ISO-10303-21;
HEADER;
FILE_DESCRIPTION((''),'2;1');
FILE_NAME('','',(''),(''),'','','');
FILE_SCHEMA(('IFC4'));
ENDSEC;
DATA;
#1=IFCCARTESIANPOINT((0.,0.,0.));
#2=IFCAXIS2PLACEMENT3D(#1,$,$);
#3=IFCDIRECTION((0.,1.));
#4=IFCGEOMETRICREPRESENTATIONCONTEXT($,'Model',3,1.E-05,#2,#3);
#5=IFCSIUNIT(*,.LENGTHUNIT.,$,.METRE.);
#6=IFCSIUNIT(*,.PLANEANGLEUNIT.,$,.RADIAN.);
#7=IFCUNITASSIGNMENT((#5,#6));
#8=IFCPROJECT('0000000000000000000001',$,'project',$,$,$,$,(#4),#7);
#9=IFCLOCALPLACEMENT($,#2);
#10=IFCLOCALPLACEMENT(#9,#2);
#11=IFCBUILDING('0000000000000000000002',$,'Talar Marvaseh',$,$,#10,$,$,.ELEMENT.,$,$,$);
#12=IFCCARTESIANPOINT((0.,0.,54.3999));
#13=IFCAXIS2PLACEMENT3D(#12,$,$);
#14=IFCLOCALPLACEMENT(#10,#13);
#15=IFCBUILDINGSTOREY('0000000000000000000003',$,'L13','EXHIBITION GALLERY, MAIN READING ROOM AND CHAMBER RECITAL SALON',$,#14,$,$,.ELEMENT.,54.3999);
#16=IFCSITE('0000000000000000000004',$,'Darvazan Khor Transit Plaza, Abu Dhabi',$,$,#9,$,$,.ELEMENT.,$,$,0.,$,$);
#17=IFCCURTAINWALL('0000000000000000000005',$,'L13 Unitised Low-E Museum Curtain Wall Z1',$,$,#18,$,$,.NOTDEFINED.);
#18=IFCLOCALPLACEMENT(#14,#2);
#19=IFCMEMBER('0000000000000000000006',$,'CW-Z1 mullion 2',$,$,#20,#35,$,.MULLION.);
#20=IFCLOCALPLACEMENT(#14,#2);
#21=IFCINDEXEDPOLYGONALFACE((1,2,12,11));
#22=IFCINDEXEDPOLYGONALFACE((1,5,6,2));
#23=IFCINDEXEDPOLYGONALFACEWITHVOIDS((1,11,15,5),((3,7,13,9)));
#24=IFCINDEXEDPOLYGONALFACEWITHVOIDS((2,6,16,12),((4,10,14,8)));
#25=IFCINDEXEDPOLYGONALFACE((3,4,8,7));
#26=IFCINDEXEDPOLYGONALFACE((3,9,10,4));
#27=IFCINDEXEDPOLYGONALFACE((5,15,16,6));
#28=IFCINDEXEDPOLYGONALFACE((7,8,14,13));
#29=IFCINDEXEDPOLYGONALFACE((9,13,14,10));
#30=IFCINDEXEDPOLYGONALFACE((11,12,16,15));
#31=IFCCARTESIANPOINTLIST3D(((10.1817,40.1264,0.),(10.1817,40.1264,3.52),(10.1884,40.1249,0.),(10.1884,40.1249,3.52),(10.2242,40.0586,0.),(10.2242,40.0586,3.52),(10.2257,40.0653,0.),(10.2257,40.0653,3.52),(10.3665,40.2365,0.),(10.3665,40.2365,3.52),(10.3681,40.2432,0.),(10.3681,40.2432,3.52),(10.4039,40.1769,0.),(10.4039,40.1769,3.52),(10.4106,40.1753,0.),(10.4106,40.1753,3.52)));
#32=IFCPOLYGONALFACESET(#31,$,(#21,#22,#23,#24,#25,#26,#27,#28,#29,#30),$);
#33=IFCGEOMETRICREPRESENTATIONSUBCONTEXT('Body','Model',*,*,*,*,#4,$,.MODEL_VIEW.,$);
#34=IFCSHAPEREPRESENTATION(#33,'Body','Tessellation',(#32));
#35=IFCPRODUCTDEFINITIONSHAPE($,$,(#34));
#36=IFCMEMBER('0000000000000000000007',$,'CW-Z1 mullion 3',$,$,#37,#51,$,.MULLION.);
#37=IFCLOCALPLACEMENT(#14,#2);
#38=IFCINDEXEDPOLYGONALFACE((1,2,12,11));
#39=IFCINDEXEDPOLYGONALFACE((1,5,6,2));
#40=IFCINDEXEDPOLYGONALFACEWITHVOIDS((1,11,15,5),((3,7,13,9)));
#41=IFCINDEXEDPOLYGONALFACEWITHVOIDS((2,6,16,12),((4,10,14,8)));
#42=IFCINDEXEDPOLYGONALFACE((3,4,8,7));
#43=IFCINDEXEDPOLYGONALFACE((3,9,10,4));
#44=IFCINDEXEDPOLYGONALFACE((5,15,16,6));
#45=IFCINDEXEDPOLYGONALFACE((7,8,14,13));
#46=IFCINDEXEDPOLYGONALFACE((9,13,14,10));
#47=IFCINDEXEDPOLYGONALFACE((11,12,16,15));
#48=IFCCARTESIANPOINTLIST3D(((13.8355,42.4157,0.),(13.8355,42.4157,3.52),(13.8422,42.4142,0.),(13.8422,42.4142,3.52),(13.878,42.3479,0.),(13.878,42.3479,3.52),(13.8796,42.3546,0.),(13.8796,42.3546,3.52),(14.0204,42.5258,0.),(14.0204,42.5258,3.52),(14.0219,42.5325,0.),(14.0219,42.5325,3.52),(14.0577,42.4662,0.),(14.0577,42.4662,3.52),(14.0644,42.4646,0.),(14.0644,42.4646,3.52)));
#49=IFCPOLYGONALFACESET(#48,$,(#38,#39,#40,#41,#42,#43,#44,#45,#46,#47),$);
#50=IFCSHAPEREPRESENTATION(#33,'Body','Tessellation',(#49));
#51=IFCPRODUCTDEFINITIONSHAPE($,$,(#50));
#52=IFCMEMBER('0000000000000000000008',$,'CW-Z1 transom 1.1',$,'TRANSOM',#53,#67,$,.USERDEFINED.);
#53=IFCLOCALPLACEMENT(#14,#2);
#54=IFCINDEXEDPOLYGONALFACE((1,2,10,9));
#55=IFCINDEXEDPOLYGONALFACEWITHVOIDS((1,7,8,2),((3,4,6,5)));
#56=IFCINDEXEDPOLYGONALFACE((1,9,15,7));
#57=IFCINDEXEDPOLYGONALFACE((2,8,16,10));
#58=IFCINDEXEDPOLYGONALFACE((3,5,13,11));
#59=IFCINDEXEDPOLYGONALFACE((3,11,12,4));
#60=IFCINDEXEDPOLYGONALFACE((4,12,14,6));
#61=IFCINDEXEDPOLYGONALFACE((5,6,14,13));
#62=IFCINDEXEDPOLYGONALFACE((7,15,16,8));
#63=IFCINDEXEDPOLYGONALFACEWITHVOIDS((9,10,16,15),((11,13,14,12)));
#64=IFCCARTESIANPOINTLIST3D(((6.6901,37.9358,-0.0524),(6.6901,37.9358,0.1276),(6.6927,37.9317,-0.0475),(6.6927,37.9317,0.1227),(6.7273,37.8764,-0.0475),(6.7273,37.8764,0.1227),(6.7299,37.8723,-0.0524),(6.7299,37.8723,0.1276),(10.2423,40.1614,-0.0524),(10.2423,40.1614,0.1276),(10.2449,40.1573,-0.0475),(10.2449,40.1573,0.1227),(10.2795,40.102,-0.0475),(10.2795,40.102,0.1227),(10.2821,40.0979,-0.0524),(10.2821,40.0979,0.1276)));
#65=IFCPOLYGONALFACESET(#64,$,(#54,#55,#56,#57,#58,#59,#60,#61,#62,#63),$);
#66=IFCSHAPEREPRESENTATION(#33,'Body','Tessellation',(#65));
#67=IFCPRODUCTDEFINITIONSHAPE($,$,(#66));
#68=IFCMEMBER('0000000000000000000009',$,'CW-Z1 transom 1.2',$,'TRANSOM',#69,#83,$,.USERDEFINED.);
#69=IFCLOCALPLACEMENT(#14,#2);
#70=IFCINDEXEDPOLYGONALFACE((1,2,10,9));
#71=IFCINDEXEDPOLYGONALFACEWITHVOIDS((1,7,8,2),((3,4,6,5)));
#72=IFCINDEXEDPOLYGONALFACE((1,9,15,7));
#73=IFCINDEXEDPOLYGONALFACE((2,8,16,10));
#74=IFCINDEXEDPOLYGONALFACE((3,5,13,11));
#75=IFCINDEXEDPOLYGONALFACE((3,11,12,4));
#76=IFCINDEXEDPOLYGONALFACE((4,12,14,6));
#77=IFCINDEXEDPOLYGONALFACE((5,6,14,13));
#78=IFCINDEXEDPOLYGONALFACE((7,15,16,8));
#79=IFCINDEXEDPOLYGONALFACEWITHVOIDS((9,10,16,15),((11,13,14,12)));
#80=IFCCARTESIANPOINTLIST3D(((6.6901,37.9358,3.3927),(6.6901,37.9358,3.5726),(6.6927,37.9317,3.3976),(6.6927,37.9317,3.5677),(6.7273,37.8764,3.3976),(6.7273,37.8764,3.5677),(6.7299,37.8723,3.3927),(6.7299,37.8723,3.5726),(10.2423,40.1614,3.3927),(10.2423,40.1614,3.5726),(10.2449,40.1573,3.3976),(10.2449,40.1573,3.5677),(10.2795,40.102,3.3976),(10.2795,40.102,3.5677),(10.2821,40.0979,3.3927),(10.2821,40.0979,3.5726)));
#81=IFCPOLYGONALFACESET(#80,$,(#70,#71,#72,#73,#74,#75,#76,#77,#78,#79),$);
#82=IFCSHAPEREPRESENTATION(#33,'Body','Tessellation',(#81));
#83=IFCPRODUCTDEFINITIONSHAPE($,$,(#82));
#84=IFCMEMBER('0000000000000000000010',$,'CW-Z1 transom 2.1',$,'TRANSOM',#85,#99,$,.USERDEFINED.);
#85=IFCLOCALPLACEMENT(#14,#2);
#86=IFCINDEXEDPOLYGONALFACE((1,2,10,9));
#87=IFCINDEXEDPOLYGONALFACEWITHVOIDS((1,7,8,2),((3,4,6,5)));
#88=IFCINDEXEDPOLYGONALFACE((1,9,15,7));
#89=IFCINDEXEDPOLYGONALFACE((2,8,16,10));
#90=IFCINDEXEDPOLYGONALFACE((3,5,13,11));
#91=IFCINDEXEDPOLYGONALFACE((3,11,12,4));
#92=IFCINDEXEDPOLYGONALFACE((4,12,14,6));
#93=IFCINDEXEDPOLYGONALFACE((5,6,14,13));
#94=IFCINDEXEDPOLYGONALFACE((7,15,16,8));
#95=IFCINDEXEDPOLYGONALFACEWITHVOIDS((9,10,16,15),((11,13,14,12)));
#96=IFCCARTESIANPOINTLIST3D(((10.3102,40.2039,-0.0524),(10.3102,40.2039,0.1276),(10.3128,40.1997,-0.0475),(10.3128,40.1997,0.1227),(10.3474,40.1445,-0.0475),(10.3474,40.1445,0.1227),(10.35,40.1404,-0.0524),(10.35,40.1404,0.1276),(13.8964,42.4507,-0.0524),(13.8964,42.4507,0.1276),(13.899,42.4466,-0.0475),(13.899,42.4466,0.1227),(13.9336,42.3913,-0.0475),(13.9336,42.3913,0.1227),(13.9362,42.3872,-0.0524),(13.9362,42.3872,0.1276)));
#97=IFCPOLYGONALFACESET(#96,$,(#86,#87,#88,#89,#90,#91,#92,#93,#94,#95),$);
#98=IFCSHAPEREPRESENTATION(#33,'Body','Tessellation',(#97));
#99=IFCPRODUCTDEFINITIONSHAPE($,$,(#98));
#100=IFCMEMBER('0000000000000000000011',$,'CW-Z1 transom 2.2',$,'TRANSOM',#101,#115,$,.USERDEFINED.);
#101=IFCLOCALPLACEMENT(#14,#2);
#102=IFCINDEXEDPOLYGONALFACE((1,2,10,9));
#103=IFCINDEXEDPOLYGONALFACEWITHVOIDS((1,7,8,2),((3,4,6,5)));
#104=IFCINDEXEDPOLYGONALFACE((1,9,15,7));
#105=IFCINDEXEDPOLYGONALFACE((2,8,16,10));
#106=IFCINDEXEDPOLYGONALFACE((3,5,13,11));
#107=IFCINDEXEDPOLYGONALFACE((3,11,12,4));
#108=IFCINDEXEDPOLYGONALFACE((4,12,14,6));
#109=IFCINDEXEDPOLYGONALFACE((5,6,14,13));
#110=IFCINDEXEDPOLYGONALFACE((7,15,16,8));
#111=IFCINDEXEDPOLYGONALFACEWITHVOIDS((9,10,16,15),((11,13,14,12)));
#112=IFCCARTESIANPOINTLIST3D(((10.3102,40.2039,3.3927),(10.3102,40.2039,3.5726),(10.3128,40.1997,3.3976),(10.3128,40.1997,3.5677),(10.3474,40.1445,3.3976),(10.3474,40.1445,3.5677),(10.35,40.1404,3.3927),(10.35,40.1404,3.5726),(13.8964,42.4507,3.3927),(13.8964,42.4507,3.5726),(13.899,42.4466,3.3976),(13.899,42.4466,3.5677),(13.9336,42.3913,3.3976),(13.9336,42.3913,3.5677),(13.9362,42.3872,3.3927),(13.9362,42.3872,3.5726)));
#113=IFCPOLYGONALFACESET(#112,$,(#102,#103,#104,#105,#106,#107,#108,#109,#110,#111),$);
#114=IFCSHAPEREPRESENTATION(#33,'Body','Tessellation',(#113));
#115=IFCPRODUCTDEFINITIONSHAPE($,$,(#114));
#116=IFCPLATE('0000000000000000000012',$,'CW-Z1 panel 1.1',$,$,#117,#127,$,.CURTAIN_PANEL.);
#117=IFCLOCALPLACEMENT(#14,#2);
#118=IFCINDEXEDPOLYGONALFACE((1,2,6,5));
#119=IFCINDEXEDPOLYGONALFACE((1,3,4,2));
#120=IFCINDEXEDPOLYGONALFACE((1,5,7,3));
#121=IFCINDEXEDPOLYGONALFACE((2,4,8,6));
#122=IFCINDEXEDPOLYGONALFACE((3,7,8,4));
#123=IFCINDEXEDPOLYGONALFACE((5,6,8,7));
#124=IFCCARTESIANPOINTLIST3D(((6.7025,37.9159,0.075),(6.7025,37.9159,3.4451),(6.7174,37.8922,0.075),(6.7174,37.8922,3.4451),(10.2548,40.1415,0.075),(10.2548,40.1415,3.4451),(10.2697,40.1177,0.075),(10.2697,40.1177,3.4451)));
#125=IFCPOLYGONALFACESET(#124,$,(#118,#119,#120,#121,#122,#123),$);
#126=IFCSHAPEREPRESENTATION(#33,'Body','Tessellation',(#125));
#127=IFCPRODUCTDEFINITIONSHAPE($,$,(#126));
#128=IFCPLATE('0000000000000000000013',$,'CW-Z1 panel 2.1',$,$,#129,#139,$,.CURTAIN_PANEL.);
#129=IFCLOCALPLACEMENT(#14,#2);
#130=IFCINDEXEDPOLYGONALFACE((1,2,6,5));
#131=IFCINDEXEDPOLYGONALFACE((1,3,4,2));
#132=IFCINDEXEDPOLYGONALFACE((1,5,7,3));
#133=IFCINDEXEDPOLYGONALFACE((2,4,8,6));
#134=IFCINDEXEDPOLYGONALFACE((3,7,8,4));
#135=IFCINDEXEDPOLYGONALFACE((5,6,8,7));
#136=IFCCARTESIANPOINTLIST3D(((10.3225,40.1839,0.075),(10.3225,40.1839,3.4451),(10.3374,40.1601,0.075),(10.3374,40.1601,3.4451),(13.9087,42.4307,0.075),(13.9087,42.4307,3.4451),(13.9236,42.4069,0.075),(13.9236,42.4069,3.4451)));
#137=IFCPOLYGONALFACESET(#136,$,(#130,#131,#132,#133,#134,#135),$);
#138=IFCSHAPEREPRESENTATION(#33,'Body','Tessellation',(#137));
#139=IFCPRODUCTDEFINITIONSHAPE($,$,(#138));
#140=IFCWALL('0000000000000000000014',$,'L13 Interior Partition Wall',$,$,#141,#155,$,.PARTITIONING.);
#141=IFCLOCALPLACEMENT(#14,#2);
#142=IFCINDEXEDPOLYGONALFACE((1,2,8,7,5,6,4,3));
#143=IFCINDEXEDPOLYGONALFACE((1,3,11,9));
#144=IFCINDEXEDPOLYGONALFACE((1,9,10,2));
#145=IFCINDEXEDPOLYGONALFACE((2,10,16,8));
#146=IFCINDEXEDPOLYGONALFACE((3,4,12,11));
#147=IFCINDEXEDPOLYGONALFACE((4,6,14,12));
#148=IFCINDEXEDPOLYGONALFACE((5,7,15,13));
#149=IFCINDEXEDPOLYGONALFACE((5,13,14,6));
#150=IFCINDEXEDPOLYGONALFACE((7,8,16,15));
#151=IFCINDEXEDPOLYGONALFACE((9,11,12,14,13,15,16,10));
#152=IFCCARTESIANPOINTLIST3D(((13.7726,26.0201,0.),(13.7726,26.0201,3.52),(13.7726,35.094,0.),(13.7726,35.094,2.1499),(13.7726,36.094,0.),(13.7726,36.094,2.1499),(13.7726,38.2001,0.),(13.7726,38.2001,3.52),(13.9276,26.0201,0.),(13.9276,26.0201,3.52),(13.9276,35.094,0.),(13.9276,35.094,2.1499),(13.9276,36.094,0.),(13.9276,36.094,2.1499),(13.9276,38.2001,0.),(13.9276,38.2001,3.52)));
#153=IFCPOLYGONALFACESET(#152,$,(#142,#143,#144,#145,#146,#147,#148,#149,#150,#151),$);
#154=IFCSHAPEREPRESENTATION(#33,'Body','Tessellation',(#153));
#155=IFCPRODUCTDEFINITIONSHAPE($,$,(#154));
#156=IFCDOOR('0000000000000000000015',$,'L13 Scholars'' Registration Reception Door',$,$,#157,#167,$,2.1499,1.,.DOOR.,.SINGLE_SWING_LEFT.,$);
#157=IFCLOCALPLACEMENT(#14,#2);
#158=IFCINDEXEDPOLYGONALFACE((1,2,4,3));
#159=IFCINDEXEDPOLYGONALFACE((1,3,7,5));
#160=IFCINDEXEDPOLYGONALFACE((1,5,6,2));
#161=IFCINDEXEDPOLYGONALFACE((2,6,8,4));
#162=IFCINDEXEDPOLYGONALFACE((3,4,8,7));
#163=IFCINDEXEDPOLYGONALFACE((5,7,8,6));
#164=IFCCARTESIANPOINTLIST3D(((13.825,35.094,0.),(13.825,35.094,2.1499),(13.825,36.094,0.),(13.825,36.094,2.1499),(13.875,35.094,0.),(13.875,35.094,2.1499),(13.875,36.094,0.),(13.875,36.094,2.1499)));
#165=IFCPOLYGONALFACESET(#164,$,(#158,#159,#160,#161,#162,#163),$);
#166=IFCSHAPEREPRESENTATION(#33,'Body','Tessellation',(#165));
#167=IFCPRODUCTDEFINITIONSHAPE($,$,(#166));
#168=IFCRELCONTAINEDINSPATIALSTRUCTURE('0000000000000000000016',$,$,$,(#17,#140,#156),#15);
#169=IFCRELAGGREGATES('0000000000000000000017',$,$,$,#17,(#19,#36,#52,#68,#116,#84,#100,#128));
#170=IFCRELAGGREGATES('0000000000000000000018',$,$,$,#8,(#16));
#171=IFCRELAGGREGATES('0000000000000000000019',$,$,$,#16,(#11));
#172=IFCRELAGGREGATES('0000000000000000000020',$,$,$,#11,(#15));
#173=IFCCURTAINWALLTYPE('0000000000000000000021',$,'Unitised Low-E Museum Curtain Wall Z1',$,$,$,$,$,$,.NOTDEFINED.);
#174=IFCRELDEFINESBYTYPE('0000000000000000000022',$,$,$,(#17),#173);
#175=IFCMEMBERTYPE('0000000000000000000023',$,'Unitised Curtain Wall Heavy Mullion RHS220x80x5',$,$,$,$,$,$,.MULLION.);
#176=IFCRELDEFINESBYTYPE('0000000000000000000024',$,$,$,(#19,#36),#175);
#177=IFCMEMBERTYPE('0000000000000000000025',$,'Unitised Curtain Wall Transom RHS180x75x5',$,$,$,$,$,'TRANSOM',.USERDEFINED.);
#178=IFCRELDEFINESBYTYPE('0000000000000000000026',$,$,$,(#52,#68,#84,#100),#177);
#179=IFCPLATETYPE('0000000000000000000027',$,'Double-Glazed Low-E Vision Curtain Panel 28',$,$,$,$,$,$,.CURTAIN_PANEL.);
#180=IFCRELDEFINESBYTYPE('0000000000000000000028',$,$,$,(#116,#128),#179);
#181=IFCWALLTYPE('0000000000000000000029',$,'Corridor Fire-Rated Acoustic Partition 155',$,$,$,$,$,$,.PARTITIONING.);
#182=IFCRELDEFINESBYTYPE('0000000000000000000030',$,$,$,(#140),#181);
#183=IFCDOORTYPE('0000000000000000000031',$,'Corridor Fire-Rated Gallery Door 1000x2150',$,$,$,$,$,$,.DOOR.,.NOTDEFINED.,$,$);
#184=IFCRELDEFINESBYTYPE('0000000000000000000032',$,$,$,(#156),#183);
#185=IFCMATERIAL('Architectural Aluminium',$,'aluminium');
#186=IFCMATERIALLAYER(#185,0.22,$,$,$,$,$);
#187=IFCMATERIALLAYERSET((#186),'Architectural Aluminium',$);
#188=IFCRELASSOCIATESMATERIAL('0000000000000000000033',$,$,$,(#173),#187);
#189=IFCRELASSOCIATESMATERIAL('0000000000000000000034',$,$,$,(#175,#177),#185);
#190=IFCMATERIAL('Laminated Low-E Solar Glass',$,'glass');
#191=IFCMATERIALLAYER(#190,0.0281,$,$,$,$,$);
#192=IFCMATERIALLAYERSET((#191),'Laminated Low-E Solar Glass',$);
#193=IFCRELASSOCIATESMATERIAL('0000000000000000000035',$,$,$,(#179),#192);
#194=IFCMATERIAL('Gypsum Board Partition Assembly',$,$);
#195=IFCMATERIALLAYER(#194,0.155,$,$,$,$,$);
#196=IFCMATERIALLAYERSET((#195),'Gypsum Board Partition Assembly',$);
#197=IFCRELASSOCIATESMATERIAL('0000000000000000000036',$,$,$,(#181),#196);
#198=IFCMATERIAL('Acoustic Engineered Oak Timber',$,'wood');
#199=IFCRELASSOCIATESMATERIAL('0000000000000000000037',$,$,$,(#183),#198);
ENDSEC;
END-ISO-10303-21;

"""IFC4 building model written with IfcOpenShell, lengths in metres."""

from ifc_helpers import new_model, si_unit, direction, frame, frame_2d, origin, origin_2d, place, context, subcontext, project, spatial, rectangle, hollow_rectangle, extrude, source, transform, mapped, material, layer, layer_set, material_profile, profile_set, type_object, type_shapes, element, fill, aggregate, save


model = new_model("IFC4")

# Units and contexts
model_context = context("Model", 3, precision=1e-05, world=origin(), true_north=direction((0.0, 1.0)))
body_context = subcontext(model_context, "Body", "Model", "MODEL_VIEW")
ifc_project = project(units=[si_unit("LENGTHUNIT", "METRE"), si_unit("PLANEANGLEUNIT", "RADIAN")], contexts=[model_context])

# Site, building, storey
site_placement = place(None, origin())
site = spatial("IfcSite", under=ifc_project, at=site_placement, Name="Darvazan Khor Transit Plaza, Abu Dhabi", CompositionType="ELEMENT", RefElevation=0.0)
building_placement = place(site_placement, origin())
building = spatial("IfcBuilding", under=site, at=building_placement, Name="Talar Marvaseh", CompositionType="ELEMENT")
storey_placement = place(building_placement, frame((0.0, 0.0, 54.3999)))
storey = spatial("IfcBuildingStorey", under=building, at=storey_placement, Name="L13", Description="EXHIBITION GALLERY, MAIN READING ROOM AND CHAMBER RECITAL SALON", CompositionType="ELEMENT", Elevation=54.3999)

# Curtain wall, members, plates
ifc_material_1 = material(Name="Architectural Aluminium", Category="aluminium")
ifc_layer_1 = layer(ifc_material_1, 0.22)
ifc_layer_set_1 = layer_set([ifc_layer_1], Name="Architectural Aluminium")
curtain_wall_type = type_object("IfcCurtainWallType", Name="Unitised Low-E Museum Curtain Wall Z1", PredefinedType="NOTDEFINED", material=ifc_layer_set_1)
curtain_wall_placement = place(storey_placement, origin())
curtain_wall = element("IfcCurtainWall", 1, at=curtain_wall_placement, inside=storey, type_object=curtain_wall_type, Name="L13 Unitised Low-E Museum Curtain Wall Z1", PredefinedType="NOTDEFINED")
ifc_material_profile_1 = material_profile(ifc_material_1, hollow_rectangle(XDim=0.0801, YDim=0.22, WallThickness=0.0049, at=origin_2d()), Name="RHS220x80x5")
ifc_profile_set_1 = profile_set([ifc_material_profile_1], Name="Architectural Aluminium")
member_type_1 = type_object("IfcMemberType", Name="Unitised Curtain Wall Heavy Mullion RHS220x80x5", PredefinedType="MULLION", material=ifc_profile_set_1)
shared_shape_1 = source(origin(), body_context, "Body", "SweptSolid", [
    extrude(hollow_rectangle(XDim=0.0801, YDim=0.22, WallThickness=0.0049, at=origin_2d()), origin(), (0.0, 0.0, 1.0), 3.52),
])
type_shapes(member_type_1, [shared_shape_1])
member_1_placement = place(storey_placement, frame((10.2961, 40.1509, 0.0), z_axis=(0.0, 0.0, 1.0), x_axis=(-0.530927, 0.847418, 0.0)))
member_1 = element("IfcMember", 2, at=member_1_placement, type_object=member_type_1, Name="CW-Z1 mullion 2", PredefinedType="MULLION", context=body_context, shape_type="MappedRepresentation", body=[
    mapped(shared_shape_1, transform((0.0, 0.0, 0.0), x_axis=(1.0, 0.0, 0.0), y_axis=(0.0, 1.0, 0.0), z_axis=(0.0, 0.0, 1.0), scale=1.0)),
])
member_2_placement = place(storey_placement, frame((13.95, 42.4402, 0.0), z_axis=(0.0, 0.0, 1.0), x_axis=(-0.530927, 0.847418, 0.0)))
member_2 = element("IfcMember", 3, at=member_2_placement, type_object=member_type_1, Name="CW-Z1 mullion 3", PredefinedType="MULLION", context=body_context, shape_type="MappedRepresentation", body=[
    mapped(shared_shape_1, transform((0.0, 0.0, 0.0), x_axis=(1.0, 0.0, 0.0), y_axis=(0.0, 1.0, 0.0), z_axis=(0.0, 0.0, 1.0), scale=1.0)),
])
ifc_material_profile_2 = material_profile(ifc_material_1, hollow_rectangle(XDim=0.075, YDim=0.1799, WallThickness=0.0049, at=origin_2d()), Name="RHS180x75x5")
ifc_profile_set_2 = profile_set([ifc_material_profile_2], Name="Architectural Aluminium")
member_type_2 = type_object("IfcMemberType", Name="Unitised Curtain Wall Transom RHS180x75x5", ElementType="TRANSOM", PredefinedType="USERDEFINED", material=ifc_profile_set_2)
shared_shape_2 = source(origin(), body_context, "Body", "SweptSolid", [
    extrude(hollow_rectangle(XDim=0.075, YDim=0.1799, WallThickness=0.0049, at=origin_2d()), origin(), (0.0, 0.0, 1.0), 4.1919),
])
member_3_placement = place(storey_placement, frame((6.71, 37.9041, 0.0376), z_axis=(0.847415, 0.53093, 0.0), x_axis=(-0.53093, 0.847415, 0.0)))
member_3 = element("IfcMember", 4, at=member_3_placement, type_object=member_type_2, Name="CW-Z1 transom 1.1", ObjectType="TRANSOM", PredefinedType="USERDEFINED", context=body_context, shape_type="MappedRepresentation", body=[
    mapped(shared_shape_2, transform((0.0, 0.0, 0.0), x_axis=(1.0, 0.0, 0.0), y_axis=(0.0, 1.0, 0.0), z_axis=(0.0, 0.0, 1.0), scale=1.0)),
])
member_4_placement = place(storey_placement, frame((6.71, 37.9041, 3.4827), z_axis=(0.847415, 0.53093, 0.0), x_axis=(-0.53093, 0.847415, 0.0)))
member_4 = element("IfcMember", 5, at=member_4_placement, type_object=member_type_2, Name="CW-Z1 transom 1.2", ObjectType="TRANSOM", PredefinedType="USERDEFINED", context=body_context, shape_type="MappedRepresentation", body=[
    mapped(shared_shape_2, transform((0.0, 0.0, 0.0), x_axis=(1.0, 0.0, 0.0), y_axis=(0.0, 1.0, 0.0), z_axis=(0.0, 0.0, 1.0), scale=1.0)),
])
shared_shape_3 = source(origin(), body_context, "Body", "SweptSolid", [
    extrude(hollow_rectangle(XDim=0.075, YDim=0.1799, WallThickness=0.0049, at=origin_2d()), origin(), (0.0, 0.0, 1.0), 4.2319),
])
type_shapes(member_type_2, [shared_shape_2, shared_shape_3])
member_5_placement = place(storey_placement, frame((10.3301, 40.1721, 0.0376), z_axis=(0.847418, 0.530927, 0.0), x_axis=(-0.530927, 0.847418, 0.0)))
member_5 = element("IfcMember", 6, at=member_5_placement, type_object=member_type_2, Name="CW-Z1 transom 2.1", ObjectType="TRANSOM", PredefinedType="USERDEFINED", context=body_context, shape_type="MappedRepresentation", body=[
    mapped(shared_shape_3, transform((0.0, 0.0, 0.0), x_axis=(1.0, 0.0, 0.0), y_axis=(0.0, 1.0, 0.0), z_axis=(0.0, 0.0, 1.0), scale=1.0)),
])
member_6_placement = place(storey_placement, frame((10.3301, 40.1721, 3.4827), z_axis=(0.847418, 0.530927, 0.0), x_axis=(-0.530927, 0.847418, 0.0)))
member_6 = element("IfcMember", 7, at=member_6_placement, type_object=member_type_2, Name="CW-Z1 transom 2.2", ObjectType="TRANSOM", PredefinedType="USERDEFINED", context=body_context, shape_type="MappedRepresentation", body=[
    mapped(shared_shape_3, transform((0.0, 0.0, 0.0), x_axis=(1.0, 0.0, 0.0), y_axis=(0.0, 1.0, 0.0), z_axis=(0.0, 0.0, 1.0), scale=1.0)),
])
ifc_material_2 = material(Name="Laminated Low-E Solar Glass", Category="glass")
ifc_layer_2 = layer(ifc_material_2, 0.0281)
ifc_layer_set_2 = layer_set([ifc_layer_2], Name="Laminated Low-E Solar Glass")
plate_type = type_object("IfcPlateType", Name="Double-Glazed Low-E Vision Curtain Panel 28", PredefinedType="CURTAIN_PANEL", material=ifc_layer_set_2)
shared_shape_4 = source(origin(), body_context, "Body", "SweptSolid", [
    extrude(rectangle(XDim=4.1919, YDim=0.0281, at=origin_2d()), origin(), (0.0, 0.0, 1.0), 3.3701),
])
plate_1_placement = place(storey_placement, frame((8.4861, 39.0168, 0.075), z_axis=(0.0, 0.0, 1.0), x_axis=(0.847418, 0.530927, 0.0)))
plate_1 = element("IfcPlate", 8, at=plate_1_placement, type_object=plate_type, Name="CW-Z1 panel 1.1", PredefinedType="CURTAIN_PANEL", context=body_context, shape_type="MappedRepresentation", body=[
    mapped(shared_shape_4, transform((0.0, 0.0, 0.0), x_axis=(1.0, 0.0, 0.0), y_axis=(0.0, 1.0, 0.0), z_axis=(0.0, 0.0, 1.0), scale=1.0)),
])
shared_shape_5 = source(origin(), body_context, "Body", "SweptSolid", [
    extrude(rectangle(XDim=4.2319, YDim=0.0281, at=origin_2d()), origin(), (0.0, 0.0, 1.0), 3.3701),
])
type_shapes(plate_type, [shared_shape_4, shared_shape_5])
plate_2_placement = place(storey_placement, frame((12.123, 41.2954, 0.075), z_axis=(0.0, 0.0, 1.0), x_axis=(0.847418, 0.530927, 0.0)))
plate_2 = element("IfcPlate", 9, at=plate_2_placement, type_object=plate_type, Name="CW-Z1 panel 2.1", PredefinedType="CURTAIN_PANEL", context=body_context, shape_type="MappedRepresentation", body=[
    mapped(shared_shape_5, transform((0.0, 0.0, 0.0), x_axis=(1.0, 0.0, 0.0), y_axis=(0.0, 1.0, 0.0), z_axis=(0.0, 0.0, 1.0), scale=1.0)),
])
aggregate(curtain_wall, [member_1, member_2, member_3, member_4, plate_1, member_5, member_6, plate_2])

# Wall, opening, door
ifc_material_3 = material(Name="Gypsum Board Partition Assembly")
ifc_layer_3 = layer(ifc_material_3, 0.155)
ifc_layer_set_3 = layer_set([ifc_layer_3], Name="Gypsum Board Partition Assembly")
wall_type = type_object("IfcWallType", Name="Corridor Fire-Rated Acoustic Partition 155", PredefinedType="PARTITIONING", material=ifc_layer_set_3)
wall_1_placement = place(storey_placement, frame((13.8501, 38.2, 0.0), z_axis=(0.0, 0.0, 1.0), x_axis=(0.0, -1.0, 0.0)))
wall_1 = element("IfcWall", 10, at=wall_1_placement, inside=storey, type_object=wall_type, Name="L13 Interior Partition Wall", PredefinedType="PARTITIONING", context=body_context, shape_type="SweptSolid", body=[
    extrude(rectangle(XDim=12.1799, YDim=0.155, at=frame_2d((6.0898, 0.0))), origin(), (0.0, 0.0, 1.0), 3.52),
])
opening_placement = place(wall_1_placement, frame((2.106, 0.0, 0.0)))
opening = element("IfcOpeningElement", 11, at=opening_placement, cuts=wall_1, PredefinedType="OPENING", context=body_context, shape_type="SweptSolid", body=[
    extrude(rectangle(XDim=1.0, YDim=2.1499, at=frame_2d((0.5, 1.075))), frame((0.0, 0.0874, 0.0), z_axis=(0.0, -1.0, 0.0), x_axis=(1.0, 0.0, 0.0)), (0.0, 0.0, 1.0), 0.175),
])
ifc_material_4 = material(Name="Acoustic Engineered Oak Timber", Category="wood")
door_type = type_object("IfcDoorType", Name="Corridor Fire-Rated Gallery Door 1000x2150", OperationType="NOTDEFINED", PredefinedType="DOOR", material=ifc_material_4)
shared_shape_6 = source(origin(), body_context, "Body", "SweptSolid", [
    extrude(rectangle(XDim=1.0, YDim=2.1499, at=frame_2d((0.5, 1.075))), frame((0.0, 0.0249, 0.0), z_axis=(0.0, -1.0, 0.0), x_axis=(1.0, 0.0, 0.0)), (0.0, 0.0, 1.0), 0.05),
])
type_shapes(door_type, [shared_shape_6])
door_placement = place(opening_placement, origin())
door = element("IfcDoor", 12, at=door_placement, inside=storey, type_object=door_type, Name="L13 Scholars' Registration Reception Door", OperationType="SINGLE_SWING_LEFT", OverallHeight=2.1499, OverallWidth=1.0, PredefinedType="DOOR", context=body_context, shape_type="MappedRepresentation", body=[
    mapped(shared_shape_6, transform((0.0, 0.0, 0.0), x_axis=(1.0, 0.0, 0.0), y_axis=(0.0, 1.0, 0.0), z_axis=(0.0, 0.0, 1.0), scale=1.0)),
])
fill(opening, door)

save(model, "model.ifc")
